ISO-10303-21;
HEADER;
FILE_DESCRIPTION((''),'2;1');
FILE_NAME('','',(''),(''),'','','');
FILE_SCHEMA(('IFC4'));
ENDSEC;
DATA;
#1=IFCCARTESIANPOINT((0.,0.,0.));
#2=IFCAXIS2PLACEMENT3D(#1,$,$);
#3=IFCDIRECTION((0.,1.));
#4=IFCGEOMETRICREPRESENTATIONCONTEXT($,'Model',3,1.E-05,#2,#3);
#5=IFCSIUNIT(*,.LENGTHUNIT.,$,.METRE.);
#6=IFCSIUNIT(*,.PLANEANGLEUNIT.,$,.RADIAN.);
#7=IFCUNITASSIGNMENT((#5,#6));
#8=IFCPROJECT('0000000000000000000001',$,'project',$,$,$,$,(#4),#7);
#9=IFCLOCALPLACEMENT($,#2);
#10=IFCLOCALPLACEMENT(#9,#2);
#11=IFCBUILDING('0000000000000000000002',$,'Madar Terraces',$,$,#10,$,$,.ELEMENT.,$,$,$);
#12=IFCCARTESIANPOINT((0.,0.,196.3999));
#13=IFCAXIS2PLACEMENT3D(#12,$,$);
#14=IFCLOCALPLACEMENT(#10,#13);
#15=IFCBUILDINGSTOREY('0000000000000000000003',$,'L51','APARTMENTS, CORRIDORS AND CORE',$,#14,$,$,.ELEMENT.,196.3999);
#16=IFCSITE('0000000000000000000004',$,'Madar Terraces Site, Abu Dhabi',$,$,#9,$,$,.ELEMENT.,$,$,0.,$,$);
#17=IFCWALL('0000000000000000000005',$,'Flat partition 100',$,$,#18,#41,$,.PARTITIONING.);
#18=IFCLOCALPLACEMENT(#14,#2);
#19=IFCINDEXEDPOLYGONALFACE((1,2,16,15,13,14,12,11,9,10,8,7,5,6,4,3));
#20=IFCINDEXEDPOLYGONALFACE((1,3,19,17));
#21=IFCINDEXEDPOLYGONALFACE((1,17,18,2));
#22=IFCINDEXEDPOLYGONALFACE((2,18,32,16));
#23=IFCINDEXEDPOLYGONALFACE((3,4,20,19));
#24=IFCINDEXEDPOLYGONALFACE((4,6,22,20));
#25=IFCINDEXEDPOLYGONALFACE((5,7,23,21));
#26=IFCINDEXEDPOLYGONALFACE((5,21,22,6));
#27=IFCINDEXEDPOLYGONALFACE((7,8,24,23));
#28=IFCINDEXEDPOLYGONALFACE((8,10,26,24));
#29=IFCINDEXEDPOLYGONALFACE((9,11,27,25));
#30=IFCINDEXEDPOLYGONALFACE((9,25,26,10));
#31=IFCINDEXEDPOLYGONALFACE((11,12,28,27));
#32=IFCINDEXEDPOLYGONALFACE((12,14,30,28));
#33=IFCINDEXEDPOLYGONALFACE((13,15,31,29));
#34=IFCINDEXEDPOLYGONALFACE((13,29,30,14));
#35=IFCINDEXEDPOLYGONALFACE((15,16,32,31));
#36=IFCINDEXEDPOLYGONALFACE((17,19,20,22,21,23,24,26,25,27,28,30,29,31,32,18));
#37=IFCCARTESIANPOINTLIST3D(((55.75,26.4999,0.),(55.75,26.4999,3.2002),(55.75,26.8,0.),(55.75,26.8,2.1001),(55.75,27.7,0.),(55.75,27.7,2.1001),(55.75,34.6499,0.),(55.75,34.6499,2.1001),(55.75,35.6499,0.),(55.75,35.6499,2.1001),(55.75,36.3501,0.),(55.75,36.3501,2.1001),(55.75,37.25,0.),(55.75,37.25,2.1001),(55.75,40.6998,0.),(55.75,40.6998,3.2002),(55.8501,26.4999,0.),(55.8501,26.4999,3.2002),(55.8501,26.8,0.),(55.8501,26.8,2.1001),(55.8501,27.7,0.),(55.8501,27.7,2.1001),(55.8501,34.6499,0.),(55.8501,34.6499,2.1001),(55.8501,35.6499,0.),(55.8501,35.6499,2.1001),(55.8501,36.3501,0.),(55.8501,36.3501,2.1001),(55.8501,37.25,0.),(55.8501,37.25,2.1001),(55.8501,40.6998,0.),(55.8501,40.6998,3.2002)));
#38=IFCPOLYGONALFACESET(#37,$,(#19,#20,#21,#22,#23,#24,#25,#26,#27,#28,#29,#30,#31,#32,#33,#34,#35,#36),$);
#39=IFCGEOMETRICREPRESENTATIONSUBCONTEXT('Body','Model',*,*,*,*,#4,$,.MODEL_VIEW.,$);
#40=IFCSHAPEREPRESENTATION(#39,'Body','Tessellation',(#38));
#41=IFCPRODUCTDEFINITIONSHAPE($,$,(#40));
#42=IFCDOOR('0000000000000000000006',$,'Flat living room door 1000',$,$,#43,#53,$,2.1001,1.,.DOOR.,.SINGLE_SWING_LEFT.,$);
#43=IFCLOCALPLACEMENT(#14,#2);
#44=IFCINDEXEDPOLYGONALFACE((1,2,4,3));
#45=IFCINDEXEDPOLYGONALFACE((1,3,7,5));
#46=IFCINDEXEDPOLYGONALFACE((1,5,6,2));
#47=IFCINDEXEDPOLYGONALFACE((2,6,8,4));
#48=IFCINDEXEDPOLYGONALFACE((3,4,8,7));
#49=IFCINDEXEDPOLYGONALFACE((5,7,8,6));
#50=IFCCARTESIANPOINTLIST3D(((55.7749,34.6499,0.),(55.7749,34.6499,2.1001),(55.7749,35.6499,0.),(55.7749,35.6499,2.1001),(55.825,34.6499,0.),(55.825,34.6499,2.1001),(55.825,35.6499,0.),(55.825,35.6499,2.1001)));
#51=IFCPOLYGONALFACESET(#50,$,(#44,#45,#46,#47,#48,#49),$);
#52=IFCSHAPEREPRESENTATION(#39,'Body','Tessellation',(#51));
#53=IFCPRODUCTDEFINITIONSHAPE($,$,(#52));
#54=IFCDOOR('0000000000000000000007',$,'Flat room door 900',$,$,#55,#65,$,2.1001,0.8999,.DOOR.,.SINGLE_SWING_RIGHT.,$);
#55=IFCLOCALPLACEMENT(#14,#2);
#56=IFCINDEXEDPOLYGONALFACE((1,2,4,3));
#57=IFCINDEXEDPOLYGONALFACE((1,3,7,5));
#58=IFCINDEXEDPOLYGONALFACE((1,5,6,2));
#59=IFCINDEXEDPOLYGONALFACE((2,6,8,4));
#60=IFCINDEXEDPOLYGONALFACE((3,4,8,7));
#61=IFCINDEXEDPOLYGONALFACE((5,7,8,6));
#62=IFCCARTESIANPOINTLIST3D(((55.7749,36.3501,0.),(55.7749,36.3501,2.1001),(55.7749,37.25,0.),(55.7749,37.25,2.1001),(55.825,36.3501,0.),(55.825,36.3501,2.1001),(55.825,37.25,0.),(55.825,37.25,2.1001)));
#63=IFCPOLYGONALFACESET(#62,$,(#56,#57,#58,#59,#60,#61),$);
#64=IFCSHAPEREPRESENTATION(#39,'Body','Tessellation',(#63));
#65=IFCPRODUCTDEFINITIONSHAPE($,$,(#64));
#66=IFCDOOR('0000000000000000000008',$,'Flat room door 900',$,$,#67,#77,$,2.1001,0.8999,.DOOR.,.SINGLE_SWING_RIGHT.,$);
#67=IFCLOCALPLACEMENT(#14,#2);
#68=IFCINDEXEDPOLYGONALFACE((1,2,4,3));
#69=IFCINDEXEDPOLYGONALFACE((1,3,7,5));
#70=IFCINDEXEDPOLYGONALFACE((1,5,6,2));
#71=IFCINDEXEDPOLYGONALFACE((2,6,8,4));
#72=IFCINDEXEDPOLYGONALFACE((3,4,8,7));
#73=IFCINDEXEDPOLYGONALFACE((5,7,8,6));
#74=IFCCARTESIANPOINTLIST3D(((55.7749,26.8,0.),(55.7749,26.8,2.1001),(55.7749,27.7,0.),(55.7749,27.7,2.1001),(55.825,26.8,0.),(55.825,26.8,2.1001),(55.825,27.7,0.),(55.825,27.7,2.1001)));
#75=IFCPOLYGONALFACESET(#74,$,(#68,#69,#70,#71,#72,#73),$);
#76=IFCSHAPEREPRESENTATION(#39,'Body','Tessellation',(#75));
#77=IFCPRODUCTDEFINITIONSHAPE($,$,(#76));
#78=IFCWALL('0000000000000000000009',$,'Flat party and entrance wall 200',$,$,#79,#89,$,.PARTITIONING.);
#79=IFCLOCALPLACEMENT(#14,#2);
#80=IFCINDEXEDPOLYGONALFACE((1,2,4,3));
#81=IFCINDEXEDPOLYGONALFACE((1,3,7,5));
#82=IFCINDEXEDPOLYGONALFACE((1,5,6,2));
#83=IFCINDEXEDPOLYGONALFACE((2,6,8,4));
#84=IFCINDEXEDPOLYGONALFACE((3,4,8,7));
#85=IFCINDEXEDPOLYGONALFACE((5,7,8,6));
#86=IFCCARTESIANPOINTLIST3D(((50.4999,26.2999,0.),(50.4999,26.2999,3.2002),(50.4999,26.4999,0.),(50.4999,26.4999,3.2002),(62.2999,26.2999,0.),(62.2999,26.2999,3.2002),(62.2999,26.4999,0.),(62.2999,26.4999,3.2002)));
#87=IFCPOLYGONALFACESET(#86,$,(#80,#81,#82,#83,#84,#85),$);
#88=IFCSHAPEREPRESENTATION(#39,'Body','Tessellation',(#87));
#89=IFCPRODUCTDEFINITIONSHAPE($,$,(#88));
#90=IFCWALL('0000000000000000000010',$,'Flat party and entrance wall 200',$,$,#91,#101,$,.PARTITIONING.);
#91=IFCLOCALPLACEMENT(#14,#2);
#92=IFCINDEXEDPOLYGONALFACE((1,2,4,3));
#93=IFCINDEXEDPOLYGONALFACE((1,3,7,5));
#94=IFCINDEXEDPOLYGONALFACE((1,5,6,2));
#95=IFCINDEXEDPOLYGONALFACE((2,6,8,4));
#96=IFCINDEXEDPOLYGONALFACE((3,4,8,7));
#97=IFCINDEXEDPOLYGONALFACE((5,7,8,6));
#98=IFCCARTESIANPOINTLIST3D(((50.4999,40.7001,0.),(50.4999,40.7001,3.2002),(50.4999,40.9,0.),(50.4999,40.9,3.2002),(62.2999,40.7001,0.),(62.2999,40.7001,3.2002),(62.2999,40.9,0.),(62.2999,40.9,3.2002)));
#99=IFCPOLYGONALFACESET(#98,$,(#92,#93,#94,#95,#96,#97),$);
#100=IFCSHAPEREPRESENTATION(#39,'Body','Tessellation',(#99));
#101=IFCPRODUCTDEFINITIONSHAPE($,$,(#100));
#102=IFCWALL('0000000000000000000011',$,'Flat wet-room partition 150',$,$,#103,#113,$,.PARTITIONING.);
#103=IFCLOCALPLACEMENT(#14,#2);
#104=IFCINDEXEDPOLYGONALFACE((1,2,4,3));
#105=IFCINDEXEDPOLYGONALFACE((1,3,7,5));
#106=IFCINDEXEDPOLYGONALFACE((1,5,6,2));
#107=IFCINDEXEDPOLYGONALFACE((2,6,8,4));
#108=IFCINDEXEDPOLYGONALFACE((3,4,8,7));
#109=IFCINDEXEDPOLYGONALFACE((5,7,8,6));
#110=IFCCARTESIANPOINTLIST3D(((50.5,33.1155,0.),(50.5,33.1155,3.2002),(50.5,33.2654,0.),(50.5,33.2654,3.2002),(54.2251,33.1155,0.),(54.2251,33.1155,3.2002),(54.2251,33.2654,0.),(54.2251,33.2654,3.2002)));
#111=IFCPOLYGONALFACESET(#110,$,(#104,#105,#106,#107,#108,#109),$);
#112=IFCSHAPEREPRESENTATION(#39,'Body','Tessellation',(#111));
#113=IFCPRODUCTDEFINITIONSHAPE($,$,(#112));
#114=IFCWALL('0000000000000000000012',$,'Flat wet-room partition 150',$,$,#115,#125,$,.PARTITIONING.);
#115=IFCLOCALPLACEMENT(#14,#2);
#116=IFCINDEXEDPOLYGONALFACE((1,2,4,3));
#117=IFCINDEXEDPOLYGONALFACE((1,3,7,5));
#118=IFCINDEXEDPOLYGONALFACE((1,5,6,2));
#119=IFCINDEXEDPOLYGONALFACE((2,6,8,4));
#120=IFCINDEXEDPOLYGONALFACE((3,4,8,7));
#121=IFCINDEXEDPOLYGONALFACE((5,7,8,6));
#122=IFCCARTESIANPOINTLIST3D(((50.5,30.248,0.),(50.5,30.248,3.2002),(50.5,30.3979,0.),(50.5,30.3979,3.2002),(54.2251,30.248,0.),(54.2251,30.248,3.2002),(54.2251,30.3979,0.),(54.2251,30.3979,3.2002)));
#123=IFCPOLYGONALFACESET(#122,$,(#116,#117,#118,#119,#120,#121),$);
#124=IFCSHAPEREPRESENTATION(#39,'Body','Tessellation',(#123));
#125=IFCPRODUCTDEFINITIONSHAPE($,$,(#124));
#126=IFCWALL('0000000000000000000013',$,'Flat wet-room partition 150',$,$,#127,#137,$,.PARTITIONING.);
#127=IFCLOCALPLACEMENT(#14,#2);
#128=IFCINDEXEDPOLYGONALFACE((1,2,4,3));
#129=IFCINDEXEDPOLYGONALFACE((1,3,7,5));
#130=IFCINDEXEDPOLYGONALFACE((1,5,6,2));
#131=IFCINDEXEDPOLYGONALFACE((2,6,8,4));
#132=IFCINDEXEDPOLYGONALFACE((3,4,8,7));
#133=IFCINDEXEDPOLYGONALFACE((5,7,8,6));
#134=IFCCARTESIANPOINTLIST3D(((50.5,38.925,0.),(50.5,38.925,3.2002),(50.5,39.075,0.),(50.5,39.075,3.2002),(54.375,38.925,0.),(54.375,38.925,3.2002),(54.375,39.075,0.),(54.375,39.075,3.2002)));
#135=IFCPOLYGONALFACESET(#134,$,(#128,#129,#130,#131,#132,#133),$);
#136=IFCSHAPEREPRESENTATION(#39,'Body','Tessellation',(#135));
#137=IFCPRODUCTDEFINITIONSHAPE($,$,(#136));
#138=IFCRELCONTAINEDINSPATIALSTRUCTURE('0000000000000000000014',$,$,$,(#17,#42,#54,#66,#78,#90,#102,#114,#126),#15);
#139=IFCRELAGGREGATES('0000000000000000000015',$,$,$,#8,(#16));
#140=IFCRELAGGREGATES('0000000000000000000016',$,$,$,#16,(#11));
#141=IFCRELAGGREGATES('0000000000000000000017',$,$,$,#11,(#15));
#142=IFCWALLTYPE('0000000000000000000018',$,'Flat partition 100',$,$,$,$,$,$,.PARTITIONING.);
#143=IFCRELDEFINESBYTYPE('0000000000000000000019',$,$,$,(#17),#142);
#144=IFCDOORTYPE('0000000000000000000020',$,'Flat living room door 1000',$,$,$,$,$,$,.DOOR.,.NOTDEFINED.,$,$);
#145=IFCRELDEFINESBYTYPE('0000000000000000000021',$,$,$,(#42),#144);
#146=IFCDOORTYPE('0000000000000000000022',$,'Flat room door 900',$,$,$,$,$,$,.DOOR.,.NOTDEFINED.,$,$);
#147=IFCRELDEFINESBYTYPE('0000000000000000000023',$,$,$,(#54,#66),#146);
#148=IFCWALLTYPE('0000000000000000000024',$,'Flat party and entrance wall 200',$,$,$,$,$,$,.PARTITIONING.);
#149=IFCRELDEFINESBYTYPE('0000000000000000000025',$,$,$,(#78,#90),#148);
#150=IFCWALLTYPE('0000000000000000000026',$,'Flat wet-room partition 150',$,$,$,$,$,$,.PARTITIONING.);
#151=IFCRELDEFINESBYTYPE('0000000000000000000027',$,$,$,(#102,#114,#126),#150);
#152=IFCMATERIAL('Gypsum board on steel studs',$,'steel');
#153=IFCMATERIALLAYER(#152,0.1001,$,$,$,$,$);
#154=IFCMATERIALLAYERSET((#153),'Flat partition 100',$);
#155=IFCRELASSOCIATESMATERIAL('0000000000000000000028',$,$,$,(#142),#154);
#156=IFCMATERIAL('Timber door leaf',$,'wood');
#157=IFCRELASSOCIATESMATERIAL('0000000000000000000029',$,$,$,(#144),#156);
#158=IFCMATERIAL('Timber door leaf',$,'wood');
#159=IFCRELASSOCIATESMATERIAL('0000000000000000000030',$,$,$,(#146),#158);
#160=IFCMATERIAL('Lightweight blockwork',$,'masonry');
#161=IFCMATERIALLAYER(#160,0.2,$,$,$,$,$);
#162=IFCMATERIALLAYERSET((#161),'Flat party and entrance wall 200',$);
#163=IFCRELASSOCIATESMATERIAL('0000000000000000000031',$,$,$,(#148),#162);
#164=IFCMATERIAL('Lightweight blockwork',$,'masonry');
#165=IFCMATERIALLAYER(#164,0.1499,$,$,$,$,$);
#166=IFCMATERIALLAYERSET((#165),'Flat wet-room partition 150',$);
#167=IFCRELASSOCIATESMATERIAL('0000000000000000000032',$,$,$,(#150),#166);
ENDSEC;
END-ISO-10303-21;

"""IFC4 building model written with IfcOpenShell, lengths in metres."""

from ifc_helpers import new_model, si_unit, direction, frame, frame_2d, origin, place, context, subcontext, project, spatial, rectangle, extrude, material, layer, layer_set, type_object, element, fill, save


model = new_model("IFC4")

# Units and contexts
model_context = context("Model", 3, precision=1e-05, world=origin(), true_north=direction((0.0, 1.0)))
body_context = subcontext(model_context, "Body", "Model", "MODEL_VIEW")
ifc_project = project(units=[si_unit("LENGTHUNIT", "METRE"), si_unit("PLANEANGLEUNIT", "RADIAN")], contexts=[model_context])

# Site, building, storey
site_placement = place(None, origin())
site = spatial("IfcSite", under=ifc_project, at=site_placement, Name="Madar Terraces Site, Abu Dhabi", CompositionType="ELEMENT", RefElevation=0.0)
building_placement = place(site_placement, origin())
building = spatial("IfcBuilding", under=site, at=building_placement, Name="Madar Terraces", CompositionType="ELEMENT")
storey_placement = place(building_placement, frame((0.0, 0.0, 196.3999)))
storey = spatial("IfcBuildingStorey", under=building, at=storey_placement, Name="L51", Description="APARTMENTS, CORRIDORS AND CORE", CompositionType="ELEMENT", Elevation=196.3999)

# Shared definitions
ifc_material_1 = material(Name="Gypsum board on steel studs", Category="steel")
ifc_layer_1 = layer(ifc_material_1, 0.1001)
ifc_layer_set_1 = layer_set([ifc_layer_1], Name="Flat partition 100")
wall_type_1 = type_object("IfcWallType", Name="Flat partition 100", PredefinedType="PARTITIONING", material=ifc_layer_set_1)
ifc_material_2 = material(Name="Timber door leaf", Category="wood")
door_type_1 = type_object("IfcDoorType", Name="Flat living room door 1000", OperationType="NOTDEFINED", PredefinedType="DOOR", material=ifc_material_2)

# Wall, openings, doors
wall_1_placement = place(storey_placement, frame((55.8, 40.7, 0.0), z_axis=(0.0, 0.0, 1.0), x_axis=(0.0, -1.0, 0.0)))
wall_1 = element("IfcWall", 1, at=wall_1_placement, inside=storey, type_object=wall_type_1, Name="Flat partition 100", PredefinedType="PARTITIONING", context=body_context, shape_type="SweptSolid", body=[
    extrude(rectangle(XDim=14.2, YDim=0.1001, at=frame_2d((7.1001, 0.0))), origin(), (0.0, 0.0, 1.0), 3.2002),
])
opening_1_placement = place(wall_1_placement, frame((3.45, 0.0, 0.0)))
opening_1 = element("IfcOpeningElement", 2, at=opening_1_placement, cuts=wall_1, PredefinedType="OPENING", context=body_context, shape_type="SweptSolid", body=[
    extrude(rectangle(XDim=0.8999, YDim=2.1001, at=frame_2d((0.45, 1.05))), frame((0.0, 0.0601, 0.0), z_axis=(0.0, -1.0, 0.0), x_axis=(1.0, 0.0, 0.0)), (0.0, 0.0, 1.0), 0.1201),
])
opening_2_placement = place(wall_1_placement, frame((5.05, 0.0, 0.0)))
opening_2 = element("IfcOpeningElement", 3, at=opening_2_placement, cuts=wall_1, PredefinedType="OPENING", context=body_context, shape_type="SweptSolid", body=[
    extrude(rectangle(XDim=1.0, YDim=2.1001, at=frame_2d((0.5, 1.05))), frame((0.0, 0.0601, 0.0), z_axis=(0.0, -1.0, 0.0), x_axis=(1.0, 0.0, 0.0)), (0.0, 0.0, 1.0), 0.1201),
])
opening_3_placement = place(wall_1_placement, frame((13.0, 0.0, 0.0)))
opening_3 = element("IfcOpeningElement", 4, at=opening_3_placement, cuts=wall_1, PredefinedType="OPENING", context=body_context, shape_type="SweptSolid", body=[
    extrude(rectangle(XDim=0.8999, YDim=2.1001, at=frame_2d((0.45, 1.05))), frame((0.0, 0.0601, 0.0), z_axis=(0.0, -1.0, 0.0), x_axis=(1.0, 0.0, 0.0)), (0.0, 0.0, 1.0), 0.1201),
])
door_1_placement = place(opening_2_placement, origin())
door_1 = element("IfcDoor", 5, at=door_1_placement, inside=storey, type_object=door_type_1, Name="Flat living room door 1000", OperationType="SINGLE_SWING_LEFT", OverallHeight=2.1001, OverallWidth=1.0, PredefinedType="DOOR", context=body_context, shape_type="SweptSolid", body=[
    extrude(rectangle(XDim=1.0, YDim=2.1001, at=frame_2d((0.5, 1.05))), frame((0.0, 0.0249, 0.0), z_axis=(0.0, -1.0, 0.0), x_axis=(1.0, 0.0, 0.0)), (0.0, 0.0, 1.0), 0.05),
])
fill(opening_2, door_1)
ifc_material_3 = material(Name="Timber door leaf", Category="wood")
door_type_2 = type_object("IfcDoorType", Name="Flat room door 900", OperationType="NOTDEFINED", PredefinedType="DOOR", material=ifc_material_3)
door_2_placement = place(opening_1_placement, origin())
door_2 = element("IfcDoor", 6, at=door_2_placement, inside=storey, type_object=door_type_2, Name="Flat room door 900", OperationType="SINGLE_SWING_RIGHT", OverallHeight=2.1001, OverallWidth=0.8999, PredefinedType="DOOR", context=body_context, shape_type="SweptSolid", body=[
    extrude(rectangle(XDim=0.8999, YDim=2.1001, at=frame_2d((0.45, 1.05))), frame((0.0, 0.0249, 0.0), z_axis=(0.0, -1.0, 0.0), x_axis=(1.0, 0.0, 0.0)), (0.0, 0.0, 1.0), 0.05),
])
fill(opening_1, door_2)
door_3_placement = place(opening_3_placement, origin())
door_3 = element("IfcDoor", 7, at=door_3_placement, inside=storey, type_object=door_type_2, Name="Flat room door 900", OperationType="SINGLE_SWING_RIGHT", OverallHeight=2.1001, OverallWidth=0.8999, PredefinedType="DOOR", context=body_context, shape_type="SweptSolid", body=[
    extrude(rectangle(XDim=0.8999, YDim=2.1001, at=frame_2d((0.45, 1.05))), frame((0.0, 0.0249, 0.0), z_axis=(0.0, -1.0, 0.0), x_axis=(1.0, 0.0, 0.0)), (0.0, 0.0, 1.0), 0.05),
])
fill(opening_3, door_3)

# Walls
ifc_material_4 = material(Name="Lightweight blockwork", Category="masonry")
ifc_layer_2 = layer(ifc_material_4, 0.2)
ifc_layer_set_2 = layer_set([ifc_layer_2], Name="Flat party and entrance wall 200")
wall_type_2 = type_object("IfcWallType", Name="Flat party and entrance wall 200", PredefinedType="PARTITIONING", material=ifc_layer_set_2)
for number, where, z_axis, x_axis, name in (
    (8, (50.5, 26.3999, 0.0), (0.0, 0.0, 1.0), (1.0, 0.0, 0.0), "Flat party and entrance wall 200"),
    (9, (50.5, 40.8, 0.0), (0.0, 0.0, 1.0), (1.0, 0.0, 0.0), "Flat party and entrance wall 200"),
):
    element("IfcWall", number, at=place(storey_placement, frame(where, z_axis=z_axis, x_axis=x_axis)), inside=storey, type_object=wall_type_2, Name=name, PredefinedType="PARTITIONING", context=body_context, shape_type="SweptSolid", body=[
        extrude(rectangle(XDim=11.8, YDim=0.2, at=frame_2d((5.8999, 0.0))), origin(), (0.0, 0.0, 1.0), 3.2002),
    ])
ifc_material_5 = material(Name="Lightweight blockwork", Category="masonry")
ifc_layer_3 = layer(ifc_material_5, 0.1499)
ifc_layer_set_3 = layer_set([ifc_layer_3], Name="Flat wet-room partition 150")
wall_type_3 = type_object("IfcWallType", Name="Flat wet-room partition 150", PredefinedType="PARTITIONING", material=ifc_layer_set_3)
for number, where, z_axis, x_axis, name in (
    (10, (50.5, 33.1904, 0.0), (0.0, 0.0, 1.0), (1.0, 0.0, 0.0), "Flat wet-room partition 150"),
    (11, (50.5, 30.323, 0.0), (0.0, 0.0, 1.0), (1.0, 0.0, 0.0), "Flat wet-room partition 150"),
):
    element("IfcWall", number, at=place(storey_placement, frame(where, z_axis=z_axis, x_axis=x_axis)), inside=storey, type_object=wall_type_3, Name=name, PredefinedType="PARTITIONING", context=body_context, shape_type="SweptSolid", body=[
        extrude(rectangle(XDim=3.7251, YDim=0.1499, at=frame_2d((1.8625, 0.0))), origin(), (0.0, 0.0, 1.0), 3.2002),
    ])
wall_2_placement = place(storey_placement, frame((50.5, 39.0, 0.0), z_axis=(0.0, 0.0, 1.0), x_axis=(1.0, 0.0, 0.0)))
element("IfcWall", 12, at=wall_2_placement, inside=storey, type_object=wall_type_3, Name="Flat wet-room partition 150", PredefinedType="PARTITIONING", context=body_context, shape_type="SweptSolid", body=[
    extrude(rectangle(XDim=3.875, YDim=0.1499, at=frame_2d((1.9375, 0.0))), origin(), (0.0, 0.0, 1.0), 3.2002),
])

save(model, "model.ifc")
